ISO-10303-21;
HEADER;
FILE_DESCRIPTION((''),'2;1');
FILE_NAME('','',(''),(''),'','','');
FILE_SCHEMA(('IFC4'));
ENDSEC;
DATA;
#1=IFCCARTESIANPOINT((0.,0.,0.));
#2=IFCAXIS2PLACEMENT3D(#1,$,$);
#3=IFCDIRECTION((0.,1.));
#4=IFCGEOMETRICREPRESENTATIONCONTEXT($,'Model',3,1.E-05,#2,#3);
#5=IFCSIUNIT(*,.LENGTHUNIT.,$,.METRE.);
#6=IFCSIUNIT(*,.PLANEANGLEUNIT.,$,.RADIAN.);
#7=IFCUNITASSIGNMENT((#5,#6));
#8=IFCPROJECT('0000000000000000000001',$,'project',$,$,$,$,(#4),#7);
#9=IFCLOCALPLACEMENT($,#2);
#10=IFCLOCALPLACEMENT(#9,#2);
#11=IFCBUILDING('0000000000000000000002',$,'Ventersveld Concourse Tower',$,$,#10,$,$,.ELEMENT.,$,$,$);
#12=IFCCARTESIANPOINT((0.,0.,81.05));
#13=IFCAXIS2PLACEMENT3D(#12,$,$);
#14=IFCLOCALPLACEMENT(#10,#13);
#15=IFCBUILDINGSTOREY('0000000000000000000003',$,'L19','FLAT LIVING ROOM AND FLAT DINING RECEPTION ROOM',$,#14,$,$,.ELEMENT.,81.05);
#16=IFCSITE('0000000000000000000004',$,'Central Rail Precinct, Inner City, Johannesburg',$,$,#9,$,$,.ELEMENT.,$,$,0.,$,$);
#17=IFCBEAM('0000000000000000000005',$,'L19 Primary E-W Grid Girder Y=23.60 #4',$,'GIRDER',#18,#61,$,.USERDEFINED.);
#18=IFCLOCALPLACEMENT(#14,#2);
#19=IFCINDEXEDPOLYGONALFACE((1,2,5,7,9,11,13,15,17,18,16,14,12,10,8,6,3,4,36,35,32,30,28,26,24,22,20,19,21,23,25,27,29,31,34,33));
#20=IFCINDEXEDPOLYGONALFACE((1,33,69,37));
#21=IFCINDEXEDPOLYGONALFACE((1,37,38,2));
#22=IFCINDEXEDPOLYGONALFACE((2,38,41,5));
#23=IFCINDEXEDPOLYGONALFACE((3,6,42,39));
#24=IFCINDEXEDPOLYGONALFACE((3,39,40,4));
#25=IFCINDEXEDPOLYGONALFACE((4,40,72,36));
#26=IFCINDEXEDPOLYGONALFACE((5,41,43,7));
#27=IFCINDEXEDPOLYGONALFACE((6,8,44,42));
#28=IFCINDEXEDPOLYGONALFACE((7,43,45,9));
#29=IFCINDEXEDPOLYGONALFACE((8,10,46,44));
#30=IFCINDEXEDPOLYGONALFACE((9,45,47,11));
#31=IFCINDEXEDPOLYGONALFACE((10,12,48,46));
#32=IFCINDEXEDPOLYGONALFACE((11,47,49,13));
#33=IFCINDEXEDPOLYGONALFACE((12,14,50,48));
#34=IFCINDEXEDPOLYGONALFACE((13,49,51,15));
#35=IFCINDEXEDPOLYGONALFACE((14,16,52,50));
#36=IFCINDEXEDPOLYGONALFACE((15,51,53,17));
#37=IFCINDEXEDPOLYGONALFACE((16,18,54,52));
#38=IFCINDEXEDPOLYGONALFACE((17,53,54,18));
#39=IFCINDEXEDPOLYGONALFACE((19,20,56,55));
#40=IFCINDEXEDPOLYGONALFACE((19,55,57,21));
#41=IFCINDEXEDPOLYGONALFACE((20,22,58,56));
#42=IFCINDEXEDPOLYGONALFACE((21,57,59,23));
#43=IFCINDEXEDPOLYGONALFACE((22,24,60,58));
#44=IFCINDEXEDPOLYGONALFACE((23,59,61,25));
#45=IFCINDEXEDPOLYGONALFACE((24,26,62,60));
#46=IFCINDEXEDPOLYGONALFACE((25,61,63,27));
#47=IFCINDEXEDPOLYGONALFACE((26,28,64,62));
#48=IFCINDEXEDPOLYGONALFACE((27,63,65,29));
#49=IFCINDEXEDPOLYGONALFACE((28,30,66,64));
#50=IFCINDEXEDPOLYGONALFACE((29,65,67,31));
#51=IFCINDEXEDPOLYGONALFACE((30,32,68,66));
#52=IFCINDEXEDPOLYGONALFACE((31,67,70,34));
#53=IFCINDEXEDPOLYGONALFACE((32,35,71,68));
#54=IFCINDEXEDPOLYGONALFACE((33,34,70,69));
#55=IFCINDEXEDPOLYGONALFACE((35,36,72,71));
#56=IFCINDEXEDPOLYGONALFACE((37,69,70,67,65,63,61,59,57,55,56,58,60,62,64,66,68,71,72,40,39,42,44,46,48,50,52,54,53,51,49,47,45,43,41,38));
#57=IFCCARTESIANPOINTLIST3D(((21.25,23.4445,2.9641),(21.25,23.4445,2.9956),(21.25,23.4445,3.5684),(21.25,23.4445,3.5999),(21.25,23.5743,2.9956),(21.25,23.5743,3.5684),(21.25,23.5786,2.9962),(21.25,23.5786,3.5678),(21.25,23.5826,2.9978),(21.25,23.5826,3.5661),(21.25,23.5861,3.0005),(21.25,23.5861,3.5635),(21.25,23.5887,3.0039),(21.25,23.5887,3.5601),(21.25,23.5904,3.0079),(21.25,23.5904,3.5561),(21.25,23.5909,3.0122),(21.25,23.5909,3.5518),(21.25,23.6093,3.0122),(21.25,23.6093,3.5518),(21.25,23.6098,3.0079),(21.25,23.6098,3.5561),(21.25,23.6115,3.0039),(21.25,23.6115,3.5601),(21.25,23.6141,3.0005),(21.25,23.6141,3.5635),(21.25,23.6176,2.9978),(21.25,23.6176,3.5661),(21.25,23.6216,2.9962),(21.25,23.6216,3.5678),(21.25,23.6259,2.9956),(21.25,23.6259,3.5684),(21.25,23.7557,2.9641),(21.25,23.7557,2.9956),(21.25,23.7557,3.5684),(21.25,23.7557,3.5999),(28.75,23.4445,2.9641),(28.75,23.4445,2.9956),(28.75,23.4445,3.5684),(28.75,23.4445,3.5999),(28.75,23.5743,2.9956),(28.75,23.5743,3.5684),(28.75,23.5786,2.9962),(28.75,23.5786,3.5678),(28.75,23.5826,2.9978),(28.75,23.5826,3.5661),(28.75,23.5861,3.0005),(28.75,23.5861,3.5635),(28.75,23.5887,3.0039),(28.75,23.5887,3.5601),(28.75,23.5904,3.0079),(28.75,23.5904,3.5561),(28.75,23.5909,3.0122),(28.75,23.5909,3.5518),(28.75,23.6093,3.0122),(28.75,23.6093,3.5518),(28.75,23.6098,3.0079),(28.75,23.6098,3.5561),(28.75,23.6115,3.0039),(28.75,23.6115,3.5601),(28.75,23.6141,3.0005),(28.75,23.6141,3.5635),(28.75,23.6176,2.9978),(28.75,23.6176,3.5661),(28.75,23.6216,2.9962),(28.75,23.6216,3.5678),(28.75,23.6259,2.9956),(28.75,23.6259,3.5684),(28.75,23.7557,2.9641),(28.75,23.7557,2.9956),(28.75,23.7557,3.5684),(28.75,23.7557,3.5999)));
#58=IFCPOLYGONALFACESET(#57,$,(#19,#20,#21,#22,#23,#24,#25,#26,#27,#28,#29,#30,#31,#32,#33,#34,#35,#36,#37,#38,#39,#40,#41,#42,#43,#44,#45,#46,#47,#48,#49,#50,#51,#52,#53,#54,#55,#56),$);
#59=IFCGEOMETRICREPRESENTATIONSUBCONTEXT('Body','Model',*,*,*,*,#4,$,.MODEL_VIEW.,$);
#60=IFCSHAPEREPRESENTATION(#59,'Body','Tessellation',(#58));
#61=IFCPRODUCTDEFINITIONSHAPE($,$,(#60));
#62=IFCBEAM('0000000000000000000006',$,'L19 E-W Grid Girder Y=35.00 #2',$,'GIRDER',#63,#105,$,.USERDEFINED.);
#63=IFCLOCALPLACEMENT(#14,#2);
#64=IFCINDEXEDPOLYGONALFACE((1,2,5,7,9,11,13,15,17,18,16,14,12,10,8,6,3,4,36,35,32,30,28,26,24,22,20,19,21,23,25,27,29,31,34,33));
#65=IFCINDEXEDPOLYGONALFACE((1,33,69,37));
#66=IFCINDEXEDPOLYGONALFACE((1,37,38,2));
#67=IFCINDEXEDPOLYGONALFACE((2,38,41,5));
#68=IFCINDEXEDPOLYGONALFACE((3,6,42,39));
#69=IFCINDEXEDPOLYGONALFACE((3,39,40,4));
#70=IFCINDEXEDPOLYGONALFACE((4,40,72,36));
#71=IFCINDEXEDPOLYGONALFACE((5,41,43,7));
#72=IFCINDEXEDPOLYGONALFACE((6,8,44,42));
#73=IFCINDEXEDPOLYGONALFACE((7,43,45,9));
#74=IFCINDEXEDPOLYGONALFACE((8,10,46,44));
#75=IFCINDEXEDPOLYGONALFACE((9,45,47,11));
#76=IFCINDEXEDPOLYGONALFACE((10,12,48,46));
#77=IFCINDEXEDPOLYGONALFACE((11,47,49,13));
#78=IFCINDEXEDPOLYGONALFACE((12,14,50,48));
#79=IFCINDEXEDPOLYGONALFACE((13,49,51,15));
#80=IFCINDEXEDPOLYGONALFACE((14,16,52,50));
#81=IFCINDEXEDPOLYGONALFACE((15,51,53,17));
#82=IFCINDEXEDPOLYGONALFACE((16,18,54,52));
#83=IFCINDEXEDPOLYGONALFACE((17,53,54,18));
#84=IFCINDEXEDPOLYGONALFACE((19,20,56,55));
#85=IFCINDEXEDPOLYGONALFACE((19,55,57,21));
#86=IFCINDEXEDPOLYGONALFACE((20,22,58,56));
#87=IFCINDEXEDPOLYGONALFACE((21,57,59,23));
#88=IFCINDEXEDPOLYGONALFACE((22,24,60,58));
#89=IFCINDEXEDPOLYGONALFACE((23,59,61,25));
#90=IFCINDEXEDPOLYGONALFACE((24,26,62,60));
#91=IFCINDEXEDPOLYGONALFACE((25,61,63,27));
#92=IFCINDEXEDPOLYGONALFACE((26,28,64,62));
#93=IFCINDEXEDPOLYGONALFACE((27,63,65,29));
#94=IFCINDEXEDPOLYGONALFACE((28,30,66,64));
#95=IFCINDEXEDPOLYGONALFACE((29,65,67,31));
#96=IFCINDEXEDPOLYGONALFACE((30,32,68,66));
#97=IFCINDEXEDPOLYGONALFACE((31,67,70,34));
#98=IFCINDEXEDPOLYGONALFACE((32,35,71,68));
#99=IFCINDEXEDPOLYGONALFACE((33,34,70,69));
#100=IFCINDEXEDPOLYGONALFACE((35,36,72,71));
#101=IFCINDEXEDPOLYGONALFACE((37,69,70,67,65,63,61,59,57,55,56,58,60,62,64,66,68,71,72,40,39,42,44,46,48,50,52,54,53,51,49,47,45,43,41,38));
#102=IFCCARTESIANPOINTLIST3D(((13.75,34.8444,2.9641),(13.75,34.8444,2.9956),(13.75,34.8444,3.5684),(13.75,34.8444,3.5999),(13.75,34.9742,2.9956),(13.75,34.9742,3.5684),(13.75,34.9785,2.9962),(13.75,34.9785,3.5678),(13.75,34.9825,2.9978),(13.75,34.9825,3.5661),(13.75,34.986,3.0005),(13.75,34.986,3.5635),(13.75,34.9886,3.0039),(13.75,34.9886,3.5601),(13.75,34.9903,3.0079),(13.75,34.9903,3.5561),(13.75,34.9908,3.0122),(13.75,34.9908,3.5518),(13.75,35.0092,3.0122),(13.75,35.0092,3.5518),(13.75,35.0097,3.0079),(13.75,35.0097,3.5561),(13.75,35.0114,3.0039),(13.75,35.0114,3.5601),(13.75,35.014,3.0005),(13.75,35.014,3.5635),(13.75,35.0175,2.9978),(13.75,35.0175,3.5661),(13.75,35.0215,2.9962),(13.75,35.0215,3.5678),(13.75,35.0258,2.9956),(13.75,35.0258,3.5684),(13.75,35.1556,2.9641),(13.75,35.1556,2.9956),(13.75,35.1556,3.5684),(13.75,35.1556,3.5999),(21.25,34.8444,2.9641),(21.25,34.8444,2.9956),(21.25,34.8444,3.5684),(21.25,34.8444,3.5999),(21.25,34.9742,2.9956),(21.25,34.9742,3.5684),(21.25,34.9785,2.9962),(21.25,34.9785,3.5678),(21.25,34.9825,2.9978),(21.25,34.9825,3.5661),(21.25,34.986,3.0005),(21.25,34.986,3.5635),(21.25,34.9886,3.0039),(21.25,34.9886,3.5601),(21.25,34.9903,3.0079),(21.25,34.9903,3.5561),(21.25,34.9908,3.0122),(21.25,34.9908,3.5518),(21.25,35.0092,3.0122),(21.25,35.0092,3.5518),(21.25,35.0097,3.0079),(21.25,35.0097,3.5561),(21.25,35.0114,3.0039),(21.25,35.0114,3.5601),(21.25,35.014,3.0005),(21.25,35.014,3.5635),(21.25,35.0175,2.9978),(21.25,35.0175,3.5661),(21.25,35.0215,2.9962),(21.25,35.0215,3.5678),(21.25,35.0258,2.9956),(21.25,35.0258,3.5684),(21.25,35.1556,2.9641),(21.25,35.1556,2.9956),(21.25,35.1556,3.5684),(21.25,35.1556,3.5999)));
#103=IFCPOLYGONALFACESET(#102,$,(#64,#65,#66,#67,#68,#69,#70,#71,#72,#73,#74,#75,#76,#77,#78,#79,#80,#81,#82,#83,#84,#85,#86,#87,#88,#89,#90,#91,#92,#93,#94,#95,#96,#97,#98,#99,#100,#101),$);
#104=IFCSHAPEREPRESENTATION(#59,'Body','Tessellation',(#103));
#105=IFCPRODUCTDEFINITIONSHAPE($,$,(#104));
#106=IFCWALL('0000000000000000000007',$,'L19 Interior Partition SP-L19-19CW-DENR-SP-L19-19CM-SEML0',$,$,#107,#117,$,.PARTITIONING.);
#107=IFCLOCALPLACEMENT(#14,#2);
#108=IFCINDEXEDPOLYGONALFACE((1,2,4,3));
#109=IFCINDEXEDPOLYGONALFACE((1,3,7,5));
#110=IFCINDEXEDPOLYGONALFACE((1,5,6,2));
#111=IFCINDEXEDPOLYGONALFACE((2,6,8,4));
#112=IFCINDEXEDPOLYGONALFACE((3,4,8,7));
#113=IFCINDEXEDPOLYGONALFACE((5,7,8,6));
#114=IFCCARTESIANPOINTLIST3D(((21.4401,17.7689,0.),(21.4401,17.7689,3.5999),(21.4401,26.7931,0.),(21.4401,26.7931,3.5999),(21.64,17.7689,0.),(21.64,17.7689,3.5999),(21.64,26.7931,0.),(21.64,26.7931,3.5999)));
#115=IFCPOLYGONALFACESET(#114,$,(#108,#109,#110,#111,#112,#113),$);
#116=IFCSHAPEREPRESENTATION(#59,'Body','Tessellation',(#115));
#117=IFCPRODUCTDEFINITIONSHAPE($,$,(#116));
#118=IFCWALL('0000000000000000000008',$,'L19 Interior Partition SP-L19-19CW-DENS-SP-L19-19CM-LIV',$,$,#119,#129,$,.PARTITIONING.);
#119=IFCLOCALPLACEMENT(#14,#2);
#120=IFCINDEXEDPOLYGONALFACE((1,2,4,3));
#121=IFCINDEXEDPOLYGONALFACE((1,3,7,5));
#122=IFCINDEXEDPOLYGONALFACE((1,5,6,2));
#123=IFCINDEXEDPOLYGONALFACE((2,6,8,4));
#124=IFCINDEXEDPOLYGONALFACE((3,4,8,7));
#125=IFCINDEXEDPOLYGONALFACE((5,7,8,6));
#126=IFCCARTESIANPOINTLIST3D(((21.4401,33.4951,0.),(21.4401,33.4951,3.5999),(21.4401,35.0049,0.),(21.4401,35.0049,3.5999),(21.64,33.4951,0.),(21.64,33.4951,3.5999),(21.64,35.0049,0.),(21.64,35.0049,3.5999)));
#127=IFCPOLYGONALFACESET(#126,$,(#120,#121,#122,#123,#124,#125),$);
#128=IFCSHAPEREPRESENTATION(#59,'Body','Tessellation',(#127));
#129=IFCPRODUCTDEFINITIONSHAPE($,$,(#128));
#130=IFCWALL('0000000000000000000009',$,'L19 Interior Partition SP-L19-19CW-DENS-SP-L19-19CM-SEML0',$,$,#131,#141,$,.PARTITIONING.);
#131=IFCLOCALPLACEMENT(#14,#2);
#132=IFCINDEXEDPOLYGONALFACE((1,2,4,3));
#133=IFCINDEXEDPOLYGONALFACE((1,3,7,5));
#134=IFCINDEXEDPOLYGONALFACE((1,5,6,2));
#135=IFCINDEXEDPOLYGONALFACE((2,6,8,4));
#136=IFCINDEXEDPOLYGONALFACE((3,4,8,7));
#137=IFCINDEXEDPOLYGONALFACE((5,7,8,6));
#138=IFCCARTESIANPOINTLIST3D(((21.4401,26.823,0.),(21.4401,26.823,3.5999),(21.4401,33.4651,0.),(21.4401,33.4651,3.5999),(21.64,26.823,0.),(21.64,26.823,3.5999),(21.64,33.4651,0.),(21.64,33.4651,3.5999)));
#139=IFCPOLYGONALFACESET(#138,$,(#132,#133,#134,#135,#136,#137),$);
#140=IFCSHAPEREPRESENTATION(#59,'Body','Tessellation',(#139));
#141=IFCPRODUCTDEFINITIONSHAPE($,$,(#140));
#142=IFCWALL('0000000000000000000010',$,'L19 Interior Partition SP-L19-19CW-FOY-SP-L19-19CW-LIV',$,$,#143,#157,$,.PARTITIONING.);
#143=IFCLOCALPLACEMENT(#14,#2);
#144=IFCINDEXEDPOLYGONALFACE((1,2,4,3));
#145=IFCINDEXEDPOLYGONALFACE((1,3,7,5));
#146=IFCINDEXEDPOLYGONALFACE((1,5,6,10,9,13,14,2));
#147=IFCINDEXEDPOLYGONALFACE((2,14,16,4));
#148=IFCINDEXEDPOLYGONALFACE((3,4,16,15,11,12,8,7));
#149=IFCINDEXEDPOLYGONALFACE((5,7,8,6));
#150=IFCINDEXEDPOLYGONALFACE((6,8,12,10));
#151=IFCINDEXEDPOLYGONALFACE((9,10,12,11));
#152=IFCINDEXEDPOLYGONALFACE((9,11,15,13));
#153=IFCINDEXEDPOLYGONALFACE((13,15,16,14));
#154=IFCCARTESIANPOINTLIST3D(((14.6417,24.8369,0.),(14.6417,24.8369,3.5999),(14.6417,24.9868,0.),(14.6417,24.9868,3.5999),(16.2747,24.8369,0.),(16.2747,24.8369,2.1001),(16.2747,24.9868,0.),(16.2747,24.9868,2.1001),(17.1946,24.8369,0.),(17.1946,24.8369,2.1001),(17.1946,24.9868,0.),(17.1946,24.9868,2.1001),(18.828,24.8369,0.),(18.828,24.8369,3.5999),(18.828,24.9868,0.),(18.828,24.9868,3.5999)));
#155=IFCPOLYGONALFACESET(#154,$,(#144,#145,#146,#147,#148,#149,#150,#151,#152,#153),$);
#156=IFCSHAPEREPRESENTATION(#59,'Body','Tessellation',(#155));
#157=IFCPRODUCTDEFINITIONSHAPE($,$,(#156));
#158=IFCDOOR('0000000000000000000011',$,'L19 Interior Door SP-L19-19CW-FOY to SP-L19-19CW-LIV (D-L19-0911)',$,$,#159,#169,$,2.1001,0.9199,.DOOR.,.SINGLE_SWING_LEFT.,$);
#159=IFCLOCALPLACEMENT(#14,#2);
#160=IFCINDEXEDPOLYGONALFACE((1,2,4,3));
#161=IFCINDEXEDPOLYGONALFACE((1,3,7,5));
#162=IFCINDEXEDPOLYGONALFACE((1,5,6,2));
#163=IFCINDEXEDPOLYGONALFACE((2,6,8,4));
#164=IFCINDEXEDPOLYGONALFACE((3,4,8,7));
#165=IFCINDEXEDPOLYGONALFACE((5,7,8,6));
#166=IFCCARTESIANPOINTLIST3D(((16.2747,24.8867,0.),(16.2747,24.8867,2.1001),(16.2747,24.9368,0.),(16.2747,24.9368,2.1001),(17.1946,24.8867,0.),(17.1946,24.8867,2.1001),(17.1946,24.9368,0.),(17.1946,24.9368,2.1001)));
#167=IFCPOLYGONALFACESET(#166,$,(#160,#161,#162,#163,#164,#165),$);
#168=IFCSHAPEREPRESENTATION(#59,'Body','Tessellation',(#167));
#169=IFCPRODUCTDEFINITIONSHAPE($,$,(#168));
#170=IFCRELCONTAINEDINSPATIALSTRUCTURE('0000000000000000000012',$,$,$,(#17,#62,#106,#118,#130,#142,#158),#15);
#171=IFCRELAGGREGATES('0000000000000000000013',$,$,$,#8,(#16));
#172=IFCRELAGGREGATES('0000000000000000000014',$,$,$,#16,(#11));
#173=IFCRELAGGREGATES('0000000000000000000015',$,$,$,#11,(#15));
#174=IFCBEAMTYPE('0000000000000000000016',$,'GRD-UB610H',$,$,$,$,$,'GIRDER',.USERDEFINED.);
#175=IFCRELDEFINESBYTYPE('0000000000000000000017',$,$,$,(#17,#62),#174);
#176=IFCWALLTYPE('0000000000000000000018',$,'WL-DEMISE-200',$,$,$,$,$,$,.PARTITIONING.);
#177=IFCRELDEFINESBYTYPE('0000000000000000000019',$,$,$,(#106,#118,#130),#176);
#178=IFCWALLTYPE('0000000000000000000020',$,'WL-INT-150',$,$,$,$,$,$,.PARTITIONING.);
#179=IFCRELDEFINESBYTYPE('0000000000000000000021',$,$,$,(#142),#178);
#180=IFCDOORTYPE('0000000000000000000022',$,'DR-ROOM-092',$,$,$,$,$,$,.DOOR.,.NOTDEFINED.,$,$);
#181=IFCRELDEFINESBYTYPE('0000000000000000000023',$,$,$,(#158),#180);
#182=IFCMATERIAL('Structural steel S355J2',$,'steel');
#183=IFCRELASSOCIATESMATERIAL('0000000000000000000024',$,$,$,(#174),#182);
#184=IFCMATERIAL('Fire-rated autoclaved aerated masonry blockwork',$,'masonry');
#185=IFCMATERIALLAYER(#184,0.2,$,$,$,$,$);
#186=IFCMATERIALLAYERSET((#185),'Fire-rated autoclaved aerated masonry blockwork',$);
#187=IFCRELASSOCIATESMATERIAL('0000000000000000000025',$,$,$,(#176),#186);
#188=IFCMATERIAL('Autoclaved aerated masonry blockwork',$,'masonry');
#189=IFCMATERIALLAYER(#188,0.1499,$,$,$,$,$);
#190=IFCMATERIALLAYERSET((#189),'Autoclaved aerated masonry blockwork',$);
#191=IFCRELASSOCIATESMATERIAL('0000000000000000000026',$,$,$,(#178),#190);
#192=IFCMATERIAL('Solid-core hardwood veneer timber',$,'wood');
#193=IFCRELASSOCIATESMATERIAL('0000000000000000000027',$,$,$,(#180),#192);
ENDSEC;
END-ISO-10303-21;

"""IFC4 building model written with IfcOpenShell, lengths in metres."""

from ifc_helpers import new_model, si_unit, direction, frame, frame_2d, origin, origin_2d, place, context, subcontext, project, spatial, rectangle, i_section, extrude, material, layer, layer_set, material_profile, profile_set, type_object, element, fill, save


model = new_model("IFC4")

# Units and contexts
model_context = context("Model", 3, precision=1e-05, world=origin(), true_north=direction((0.0, 1.0)))
body_context = subcontext(model_context, "Body", "Model", "MODEL_VIEW")
ifc_project = project(units=[si_unit("LENGTHUNIT", "METRE"), si_unit("PLANEANGLEUNIT", "RADIAN")], contexts=[model_context])

# Site, building, storey
site_placement = place(None, origin())
site = spatial("IfcSite", under=ifc_project, at=site_placement, Name="Central Rail Precinct, Inner City, Johannesburg", CompositionType="ELEMENT", RefElevation=0.0)
building_placement = place(site_placement, origin())
building = spatial("IfcBuilding", under=site, at=building_placement, Name="Ventersveld Concourse Tower", CompositionType="ELEMENT")
storey_placement = place(building_placement, frame((0.0, 0.0, 81.05)))
storey = spatial("IfcBuildingStorey", under=building, at=storey_placement, Name="L19", Description="FLAT LIVING ROOM AND FLAT DINING RECEPTION ROOM", CompositionType="ELEMENT", Elevation=81.05)

# Beams
ifc_material_1 = material(Name="Structural steel S355J2", Category="steel")
ifc_material_profile_1 = material_profile(ifc_material_1, i_section(OverallWidth=0.3113, OverallDepth=0.6357, WebThickness=0.0183, FlangeThickness=0.0315, FilletRadius=0.0166, at=origin_2d()), Name="UB 610x305x238")
ifc_profile_set_1 = profile_set([ifc_material_profile_1], Name="Structural steel S355J2")
beam_type_1 = type_object("IfcBeamType", Name="GRD-UB610H", ElementType="GIRDER", PredefinedType="USERDEFINED", material=ifc_profile_set_1)
for number, where, z_axis, x_axis, name in (
    (1, (21.25, 23.6001, 3.282), (1.0, 0.0, 0.0), (0.0, 1.0, 0.0), "L19 Primary E-W Grid Girder Y=23.60 #4"),
    (2, (13.75, 35.0, 3.282), (1.0, 0.0, 0.0), (0.0, 1.0, 0.0), "L19 E-W Grid Girder Y=35.00 #2"),
):
    element("IfcBeam", number, at=place(storey_placement, frame(where, z_axis=z_axis, x_axis=x_axis)), inside=storey, type_object=beam_type_1, Name=name, ObjectType="GIRDER", PredefinedType="USERDEFINED", context=body_context, shape_type="SweptSolid", body=[
        extrude(i_section(OverallWidth=0.3113, OverallDepth=0.6357, WebThickness=0.0183, FlangeThickness=0.0315, FilletRadius=0.0166, at=origin_2d()), origin(), (0.0, 0.0, 1.0), 7.5),
    ])

# Walls
ifc_material_2 = material(Name="Fire-rated autoclaved aerated masonry blockwork", Category="masonry")
ifc_layer_1 = layer(ifc_material_2, 0.2)
ifc_layer_set_1 = layer_set([ifc_layer_1], Name="Fire-rated autoclaved aerated masonry blockwork")
wall_type_1 = type_object("IfcWallType", Name="WL-DEMISE-200", PredefinedType="PARTITIONING", material=ifc_layer_set_1)
wall_1_placement = place(storey_placement, frame((21.54, 17.7688, 0.0), z_axis=(0.0, 0.0, 1.0), x_axis=(0.0, 1.0, 0.0)))
element("IfcWall", 3, at=wall_1_placement, inside=storey, type_object=wall_type_1, Name="L19 Interior Partition SP-L19-19CW-DENR-SP-L19-19CM-SEML0", PredefinedType="PARTITIONING", context=body_context, shape_type="SweptSolid", body=[
    extrude(rectangle(XDim=9.0242, YDim=0.2, at=frame_2d((4.5122, 0.0))), origin(), (0.0, 0.0, 1.0), 3.5999),
])
wall_2_placement = place(storey_placement, frame((21.54, 33.4951, 0.0), z_axis=(0.0, 0.0, 1.0), x_axis=(0.0, 1.0, 0.0)))
element("IfcWall", 4, at=wall_2_placement, inside=storey, type_object=wall_type_1, Name="L19 Interior Partition SP-L19-19CW-DENS-SP-L19-19CM-LIV", PredefinedType="PARTITIONING", context=body_context, shape_type="SweptSolid", body=[
    extrude(rectangle(XDim=1.5098, YDim=0.2, at=frame_2d((0.7549, 0.0))), origin(), (0.0, 0.0, 1.0), 3.5999),
])
wall_3_placement = place(storey_placement, frame((21.54, 26.823, 0.0), z_axis=(0.0, 0.0, 1.0), x_axis=(0.0, 1.0, 0.0)))
element("IfcWall", 5, at=wall_3_placement, inside=storey, type_object=wall_type_1, Name="L19 Interior Partition SP-L19-19CW-DENS-SP-L19-19CM-SEML0", PredefinedType="PARTITIONING", context=body_context, shape_type="SweptSolid", body=[
    extrude(rectangle(XDim=6.6421, YDim=0.2, at=frame_2d((3.321, 0.0))), origin(), (0.0, 0.0, 1.0), 3.5999),
])

# Wall, opening, door
ifc_material_3 = material(Name="Autoclaved aerated masonry blockwork", Category="masonry")
ifc_layer_2 = layer(ifc_material_3, 0.1499)
ifc_layer_set_2 = layer_set([ifc_layer_2], Name="Autoclaved aerated masonry blockwork")
wall_type_2 = type_object("IfcWallType", Name="WL-INT-150", PredefinedType="PARTITIONING", material=ifc_layer_set_2)
wall_4_placement = place(storey_placement, frame((14.6416, 24.9119, 0.0), z_axis=(0.0, 0.0, 1.0), x_axis=(1.0, 0.0, 0.0)))
wall_4 = element("IfcWall", 6, at=wall_4_placement, inside=storey, type_object=wall_type_2, Name="L19 Interior Partition SP-L19-19CW-FOY-SP-L19-19CW-LIV", PredefinedType="PARTITIONING", context=body_context, shape_type="SweptSolid", body=[
    extrude(rectangle(XDim=4.1863, YDim=0.1499, at=frame_2d((2.0933, 0.0))), origin(), (0.0, 0.0, 1.0), 3.5999),
])
opening_1_placement = place(wall_4_placement, frame((1.6331, 0.0, 0.0)))
opening_1 = element("IfcOpeningElement", 7, at=opening_1_placement, cuts=wall_4, PredefinedType="OPENING", context=body_context, shape_type="SweptSolid", body=[
    extrude(rectangle(XDim=0.9199, YDim=2.1001, at=frame_2d((0.46, 1.05))), frame((0.0, 0.085, 0.0), z_axis=(0.0, -1.0, 0.0), x_axis=(1.0, 0.0, 0.0)), (0.0, 0.0, 1.0), 0.1699),
])
ifc_material_4 = material(Name="Solid-core hardwood veneer timber", Category="wood")
door_type = type_object("IfcDoorType", Name="DR-ROOM-092", OperationType="NOTDEFINED", PredefinedType="DOOR", material=ifc_material_4)
door_1_placement = place(opening_1_placement, origin())
door_1 = element("IfcDoor", 8, at=door_1_placement, inside=storey, type_object=door_type, Name="L19 Interior Door SP-L19-19CW-FOY to SP-L19-19CW-LIV (D-L19-0911)", OperationType="SINGLE_SWING_LEFT", OverallHeight=2.1001, OverallWidth=0.9199, PredefinedType="DOOR", context=body_context, shape_type="SweptSolid", body=[
    extrude(rectangle(XDim=0.9199, YDim=2.1001, at=frame_2d((0.46, 1.05))), frame((0.0, 0.0249, 0.0), z_axis=(0.0, -1.0, 0.0), x_axis=(1.0, 0.0, 0.0)), (0.0, 0.0, 1.0), 0.05),
])
fill(opening_1, door_1)

save(model, "model.ifc")
